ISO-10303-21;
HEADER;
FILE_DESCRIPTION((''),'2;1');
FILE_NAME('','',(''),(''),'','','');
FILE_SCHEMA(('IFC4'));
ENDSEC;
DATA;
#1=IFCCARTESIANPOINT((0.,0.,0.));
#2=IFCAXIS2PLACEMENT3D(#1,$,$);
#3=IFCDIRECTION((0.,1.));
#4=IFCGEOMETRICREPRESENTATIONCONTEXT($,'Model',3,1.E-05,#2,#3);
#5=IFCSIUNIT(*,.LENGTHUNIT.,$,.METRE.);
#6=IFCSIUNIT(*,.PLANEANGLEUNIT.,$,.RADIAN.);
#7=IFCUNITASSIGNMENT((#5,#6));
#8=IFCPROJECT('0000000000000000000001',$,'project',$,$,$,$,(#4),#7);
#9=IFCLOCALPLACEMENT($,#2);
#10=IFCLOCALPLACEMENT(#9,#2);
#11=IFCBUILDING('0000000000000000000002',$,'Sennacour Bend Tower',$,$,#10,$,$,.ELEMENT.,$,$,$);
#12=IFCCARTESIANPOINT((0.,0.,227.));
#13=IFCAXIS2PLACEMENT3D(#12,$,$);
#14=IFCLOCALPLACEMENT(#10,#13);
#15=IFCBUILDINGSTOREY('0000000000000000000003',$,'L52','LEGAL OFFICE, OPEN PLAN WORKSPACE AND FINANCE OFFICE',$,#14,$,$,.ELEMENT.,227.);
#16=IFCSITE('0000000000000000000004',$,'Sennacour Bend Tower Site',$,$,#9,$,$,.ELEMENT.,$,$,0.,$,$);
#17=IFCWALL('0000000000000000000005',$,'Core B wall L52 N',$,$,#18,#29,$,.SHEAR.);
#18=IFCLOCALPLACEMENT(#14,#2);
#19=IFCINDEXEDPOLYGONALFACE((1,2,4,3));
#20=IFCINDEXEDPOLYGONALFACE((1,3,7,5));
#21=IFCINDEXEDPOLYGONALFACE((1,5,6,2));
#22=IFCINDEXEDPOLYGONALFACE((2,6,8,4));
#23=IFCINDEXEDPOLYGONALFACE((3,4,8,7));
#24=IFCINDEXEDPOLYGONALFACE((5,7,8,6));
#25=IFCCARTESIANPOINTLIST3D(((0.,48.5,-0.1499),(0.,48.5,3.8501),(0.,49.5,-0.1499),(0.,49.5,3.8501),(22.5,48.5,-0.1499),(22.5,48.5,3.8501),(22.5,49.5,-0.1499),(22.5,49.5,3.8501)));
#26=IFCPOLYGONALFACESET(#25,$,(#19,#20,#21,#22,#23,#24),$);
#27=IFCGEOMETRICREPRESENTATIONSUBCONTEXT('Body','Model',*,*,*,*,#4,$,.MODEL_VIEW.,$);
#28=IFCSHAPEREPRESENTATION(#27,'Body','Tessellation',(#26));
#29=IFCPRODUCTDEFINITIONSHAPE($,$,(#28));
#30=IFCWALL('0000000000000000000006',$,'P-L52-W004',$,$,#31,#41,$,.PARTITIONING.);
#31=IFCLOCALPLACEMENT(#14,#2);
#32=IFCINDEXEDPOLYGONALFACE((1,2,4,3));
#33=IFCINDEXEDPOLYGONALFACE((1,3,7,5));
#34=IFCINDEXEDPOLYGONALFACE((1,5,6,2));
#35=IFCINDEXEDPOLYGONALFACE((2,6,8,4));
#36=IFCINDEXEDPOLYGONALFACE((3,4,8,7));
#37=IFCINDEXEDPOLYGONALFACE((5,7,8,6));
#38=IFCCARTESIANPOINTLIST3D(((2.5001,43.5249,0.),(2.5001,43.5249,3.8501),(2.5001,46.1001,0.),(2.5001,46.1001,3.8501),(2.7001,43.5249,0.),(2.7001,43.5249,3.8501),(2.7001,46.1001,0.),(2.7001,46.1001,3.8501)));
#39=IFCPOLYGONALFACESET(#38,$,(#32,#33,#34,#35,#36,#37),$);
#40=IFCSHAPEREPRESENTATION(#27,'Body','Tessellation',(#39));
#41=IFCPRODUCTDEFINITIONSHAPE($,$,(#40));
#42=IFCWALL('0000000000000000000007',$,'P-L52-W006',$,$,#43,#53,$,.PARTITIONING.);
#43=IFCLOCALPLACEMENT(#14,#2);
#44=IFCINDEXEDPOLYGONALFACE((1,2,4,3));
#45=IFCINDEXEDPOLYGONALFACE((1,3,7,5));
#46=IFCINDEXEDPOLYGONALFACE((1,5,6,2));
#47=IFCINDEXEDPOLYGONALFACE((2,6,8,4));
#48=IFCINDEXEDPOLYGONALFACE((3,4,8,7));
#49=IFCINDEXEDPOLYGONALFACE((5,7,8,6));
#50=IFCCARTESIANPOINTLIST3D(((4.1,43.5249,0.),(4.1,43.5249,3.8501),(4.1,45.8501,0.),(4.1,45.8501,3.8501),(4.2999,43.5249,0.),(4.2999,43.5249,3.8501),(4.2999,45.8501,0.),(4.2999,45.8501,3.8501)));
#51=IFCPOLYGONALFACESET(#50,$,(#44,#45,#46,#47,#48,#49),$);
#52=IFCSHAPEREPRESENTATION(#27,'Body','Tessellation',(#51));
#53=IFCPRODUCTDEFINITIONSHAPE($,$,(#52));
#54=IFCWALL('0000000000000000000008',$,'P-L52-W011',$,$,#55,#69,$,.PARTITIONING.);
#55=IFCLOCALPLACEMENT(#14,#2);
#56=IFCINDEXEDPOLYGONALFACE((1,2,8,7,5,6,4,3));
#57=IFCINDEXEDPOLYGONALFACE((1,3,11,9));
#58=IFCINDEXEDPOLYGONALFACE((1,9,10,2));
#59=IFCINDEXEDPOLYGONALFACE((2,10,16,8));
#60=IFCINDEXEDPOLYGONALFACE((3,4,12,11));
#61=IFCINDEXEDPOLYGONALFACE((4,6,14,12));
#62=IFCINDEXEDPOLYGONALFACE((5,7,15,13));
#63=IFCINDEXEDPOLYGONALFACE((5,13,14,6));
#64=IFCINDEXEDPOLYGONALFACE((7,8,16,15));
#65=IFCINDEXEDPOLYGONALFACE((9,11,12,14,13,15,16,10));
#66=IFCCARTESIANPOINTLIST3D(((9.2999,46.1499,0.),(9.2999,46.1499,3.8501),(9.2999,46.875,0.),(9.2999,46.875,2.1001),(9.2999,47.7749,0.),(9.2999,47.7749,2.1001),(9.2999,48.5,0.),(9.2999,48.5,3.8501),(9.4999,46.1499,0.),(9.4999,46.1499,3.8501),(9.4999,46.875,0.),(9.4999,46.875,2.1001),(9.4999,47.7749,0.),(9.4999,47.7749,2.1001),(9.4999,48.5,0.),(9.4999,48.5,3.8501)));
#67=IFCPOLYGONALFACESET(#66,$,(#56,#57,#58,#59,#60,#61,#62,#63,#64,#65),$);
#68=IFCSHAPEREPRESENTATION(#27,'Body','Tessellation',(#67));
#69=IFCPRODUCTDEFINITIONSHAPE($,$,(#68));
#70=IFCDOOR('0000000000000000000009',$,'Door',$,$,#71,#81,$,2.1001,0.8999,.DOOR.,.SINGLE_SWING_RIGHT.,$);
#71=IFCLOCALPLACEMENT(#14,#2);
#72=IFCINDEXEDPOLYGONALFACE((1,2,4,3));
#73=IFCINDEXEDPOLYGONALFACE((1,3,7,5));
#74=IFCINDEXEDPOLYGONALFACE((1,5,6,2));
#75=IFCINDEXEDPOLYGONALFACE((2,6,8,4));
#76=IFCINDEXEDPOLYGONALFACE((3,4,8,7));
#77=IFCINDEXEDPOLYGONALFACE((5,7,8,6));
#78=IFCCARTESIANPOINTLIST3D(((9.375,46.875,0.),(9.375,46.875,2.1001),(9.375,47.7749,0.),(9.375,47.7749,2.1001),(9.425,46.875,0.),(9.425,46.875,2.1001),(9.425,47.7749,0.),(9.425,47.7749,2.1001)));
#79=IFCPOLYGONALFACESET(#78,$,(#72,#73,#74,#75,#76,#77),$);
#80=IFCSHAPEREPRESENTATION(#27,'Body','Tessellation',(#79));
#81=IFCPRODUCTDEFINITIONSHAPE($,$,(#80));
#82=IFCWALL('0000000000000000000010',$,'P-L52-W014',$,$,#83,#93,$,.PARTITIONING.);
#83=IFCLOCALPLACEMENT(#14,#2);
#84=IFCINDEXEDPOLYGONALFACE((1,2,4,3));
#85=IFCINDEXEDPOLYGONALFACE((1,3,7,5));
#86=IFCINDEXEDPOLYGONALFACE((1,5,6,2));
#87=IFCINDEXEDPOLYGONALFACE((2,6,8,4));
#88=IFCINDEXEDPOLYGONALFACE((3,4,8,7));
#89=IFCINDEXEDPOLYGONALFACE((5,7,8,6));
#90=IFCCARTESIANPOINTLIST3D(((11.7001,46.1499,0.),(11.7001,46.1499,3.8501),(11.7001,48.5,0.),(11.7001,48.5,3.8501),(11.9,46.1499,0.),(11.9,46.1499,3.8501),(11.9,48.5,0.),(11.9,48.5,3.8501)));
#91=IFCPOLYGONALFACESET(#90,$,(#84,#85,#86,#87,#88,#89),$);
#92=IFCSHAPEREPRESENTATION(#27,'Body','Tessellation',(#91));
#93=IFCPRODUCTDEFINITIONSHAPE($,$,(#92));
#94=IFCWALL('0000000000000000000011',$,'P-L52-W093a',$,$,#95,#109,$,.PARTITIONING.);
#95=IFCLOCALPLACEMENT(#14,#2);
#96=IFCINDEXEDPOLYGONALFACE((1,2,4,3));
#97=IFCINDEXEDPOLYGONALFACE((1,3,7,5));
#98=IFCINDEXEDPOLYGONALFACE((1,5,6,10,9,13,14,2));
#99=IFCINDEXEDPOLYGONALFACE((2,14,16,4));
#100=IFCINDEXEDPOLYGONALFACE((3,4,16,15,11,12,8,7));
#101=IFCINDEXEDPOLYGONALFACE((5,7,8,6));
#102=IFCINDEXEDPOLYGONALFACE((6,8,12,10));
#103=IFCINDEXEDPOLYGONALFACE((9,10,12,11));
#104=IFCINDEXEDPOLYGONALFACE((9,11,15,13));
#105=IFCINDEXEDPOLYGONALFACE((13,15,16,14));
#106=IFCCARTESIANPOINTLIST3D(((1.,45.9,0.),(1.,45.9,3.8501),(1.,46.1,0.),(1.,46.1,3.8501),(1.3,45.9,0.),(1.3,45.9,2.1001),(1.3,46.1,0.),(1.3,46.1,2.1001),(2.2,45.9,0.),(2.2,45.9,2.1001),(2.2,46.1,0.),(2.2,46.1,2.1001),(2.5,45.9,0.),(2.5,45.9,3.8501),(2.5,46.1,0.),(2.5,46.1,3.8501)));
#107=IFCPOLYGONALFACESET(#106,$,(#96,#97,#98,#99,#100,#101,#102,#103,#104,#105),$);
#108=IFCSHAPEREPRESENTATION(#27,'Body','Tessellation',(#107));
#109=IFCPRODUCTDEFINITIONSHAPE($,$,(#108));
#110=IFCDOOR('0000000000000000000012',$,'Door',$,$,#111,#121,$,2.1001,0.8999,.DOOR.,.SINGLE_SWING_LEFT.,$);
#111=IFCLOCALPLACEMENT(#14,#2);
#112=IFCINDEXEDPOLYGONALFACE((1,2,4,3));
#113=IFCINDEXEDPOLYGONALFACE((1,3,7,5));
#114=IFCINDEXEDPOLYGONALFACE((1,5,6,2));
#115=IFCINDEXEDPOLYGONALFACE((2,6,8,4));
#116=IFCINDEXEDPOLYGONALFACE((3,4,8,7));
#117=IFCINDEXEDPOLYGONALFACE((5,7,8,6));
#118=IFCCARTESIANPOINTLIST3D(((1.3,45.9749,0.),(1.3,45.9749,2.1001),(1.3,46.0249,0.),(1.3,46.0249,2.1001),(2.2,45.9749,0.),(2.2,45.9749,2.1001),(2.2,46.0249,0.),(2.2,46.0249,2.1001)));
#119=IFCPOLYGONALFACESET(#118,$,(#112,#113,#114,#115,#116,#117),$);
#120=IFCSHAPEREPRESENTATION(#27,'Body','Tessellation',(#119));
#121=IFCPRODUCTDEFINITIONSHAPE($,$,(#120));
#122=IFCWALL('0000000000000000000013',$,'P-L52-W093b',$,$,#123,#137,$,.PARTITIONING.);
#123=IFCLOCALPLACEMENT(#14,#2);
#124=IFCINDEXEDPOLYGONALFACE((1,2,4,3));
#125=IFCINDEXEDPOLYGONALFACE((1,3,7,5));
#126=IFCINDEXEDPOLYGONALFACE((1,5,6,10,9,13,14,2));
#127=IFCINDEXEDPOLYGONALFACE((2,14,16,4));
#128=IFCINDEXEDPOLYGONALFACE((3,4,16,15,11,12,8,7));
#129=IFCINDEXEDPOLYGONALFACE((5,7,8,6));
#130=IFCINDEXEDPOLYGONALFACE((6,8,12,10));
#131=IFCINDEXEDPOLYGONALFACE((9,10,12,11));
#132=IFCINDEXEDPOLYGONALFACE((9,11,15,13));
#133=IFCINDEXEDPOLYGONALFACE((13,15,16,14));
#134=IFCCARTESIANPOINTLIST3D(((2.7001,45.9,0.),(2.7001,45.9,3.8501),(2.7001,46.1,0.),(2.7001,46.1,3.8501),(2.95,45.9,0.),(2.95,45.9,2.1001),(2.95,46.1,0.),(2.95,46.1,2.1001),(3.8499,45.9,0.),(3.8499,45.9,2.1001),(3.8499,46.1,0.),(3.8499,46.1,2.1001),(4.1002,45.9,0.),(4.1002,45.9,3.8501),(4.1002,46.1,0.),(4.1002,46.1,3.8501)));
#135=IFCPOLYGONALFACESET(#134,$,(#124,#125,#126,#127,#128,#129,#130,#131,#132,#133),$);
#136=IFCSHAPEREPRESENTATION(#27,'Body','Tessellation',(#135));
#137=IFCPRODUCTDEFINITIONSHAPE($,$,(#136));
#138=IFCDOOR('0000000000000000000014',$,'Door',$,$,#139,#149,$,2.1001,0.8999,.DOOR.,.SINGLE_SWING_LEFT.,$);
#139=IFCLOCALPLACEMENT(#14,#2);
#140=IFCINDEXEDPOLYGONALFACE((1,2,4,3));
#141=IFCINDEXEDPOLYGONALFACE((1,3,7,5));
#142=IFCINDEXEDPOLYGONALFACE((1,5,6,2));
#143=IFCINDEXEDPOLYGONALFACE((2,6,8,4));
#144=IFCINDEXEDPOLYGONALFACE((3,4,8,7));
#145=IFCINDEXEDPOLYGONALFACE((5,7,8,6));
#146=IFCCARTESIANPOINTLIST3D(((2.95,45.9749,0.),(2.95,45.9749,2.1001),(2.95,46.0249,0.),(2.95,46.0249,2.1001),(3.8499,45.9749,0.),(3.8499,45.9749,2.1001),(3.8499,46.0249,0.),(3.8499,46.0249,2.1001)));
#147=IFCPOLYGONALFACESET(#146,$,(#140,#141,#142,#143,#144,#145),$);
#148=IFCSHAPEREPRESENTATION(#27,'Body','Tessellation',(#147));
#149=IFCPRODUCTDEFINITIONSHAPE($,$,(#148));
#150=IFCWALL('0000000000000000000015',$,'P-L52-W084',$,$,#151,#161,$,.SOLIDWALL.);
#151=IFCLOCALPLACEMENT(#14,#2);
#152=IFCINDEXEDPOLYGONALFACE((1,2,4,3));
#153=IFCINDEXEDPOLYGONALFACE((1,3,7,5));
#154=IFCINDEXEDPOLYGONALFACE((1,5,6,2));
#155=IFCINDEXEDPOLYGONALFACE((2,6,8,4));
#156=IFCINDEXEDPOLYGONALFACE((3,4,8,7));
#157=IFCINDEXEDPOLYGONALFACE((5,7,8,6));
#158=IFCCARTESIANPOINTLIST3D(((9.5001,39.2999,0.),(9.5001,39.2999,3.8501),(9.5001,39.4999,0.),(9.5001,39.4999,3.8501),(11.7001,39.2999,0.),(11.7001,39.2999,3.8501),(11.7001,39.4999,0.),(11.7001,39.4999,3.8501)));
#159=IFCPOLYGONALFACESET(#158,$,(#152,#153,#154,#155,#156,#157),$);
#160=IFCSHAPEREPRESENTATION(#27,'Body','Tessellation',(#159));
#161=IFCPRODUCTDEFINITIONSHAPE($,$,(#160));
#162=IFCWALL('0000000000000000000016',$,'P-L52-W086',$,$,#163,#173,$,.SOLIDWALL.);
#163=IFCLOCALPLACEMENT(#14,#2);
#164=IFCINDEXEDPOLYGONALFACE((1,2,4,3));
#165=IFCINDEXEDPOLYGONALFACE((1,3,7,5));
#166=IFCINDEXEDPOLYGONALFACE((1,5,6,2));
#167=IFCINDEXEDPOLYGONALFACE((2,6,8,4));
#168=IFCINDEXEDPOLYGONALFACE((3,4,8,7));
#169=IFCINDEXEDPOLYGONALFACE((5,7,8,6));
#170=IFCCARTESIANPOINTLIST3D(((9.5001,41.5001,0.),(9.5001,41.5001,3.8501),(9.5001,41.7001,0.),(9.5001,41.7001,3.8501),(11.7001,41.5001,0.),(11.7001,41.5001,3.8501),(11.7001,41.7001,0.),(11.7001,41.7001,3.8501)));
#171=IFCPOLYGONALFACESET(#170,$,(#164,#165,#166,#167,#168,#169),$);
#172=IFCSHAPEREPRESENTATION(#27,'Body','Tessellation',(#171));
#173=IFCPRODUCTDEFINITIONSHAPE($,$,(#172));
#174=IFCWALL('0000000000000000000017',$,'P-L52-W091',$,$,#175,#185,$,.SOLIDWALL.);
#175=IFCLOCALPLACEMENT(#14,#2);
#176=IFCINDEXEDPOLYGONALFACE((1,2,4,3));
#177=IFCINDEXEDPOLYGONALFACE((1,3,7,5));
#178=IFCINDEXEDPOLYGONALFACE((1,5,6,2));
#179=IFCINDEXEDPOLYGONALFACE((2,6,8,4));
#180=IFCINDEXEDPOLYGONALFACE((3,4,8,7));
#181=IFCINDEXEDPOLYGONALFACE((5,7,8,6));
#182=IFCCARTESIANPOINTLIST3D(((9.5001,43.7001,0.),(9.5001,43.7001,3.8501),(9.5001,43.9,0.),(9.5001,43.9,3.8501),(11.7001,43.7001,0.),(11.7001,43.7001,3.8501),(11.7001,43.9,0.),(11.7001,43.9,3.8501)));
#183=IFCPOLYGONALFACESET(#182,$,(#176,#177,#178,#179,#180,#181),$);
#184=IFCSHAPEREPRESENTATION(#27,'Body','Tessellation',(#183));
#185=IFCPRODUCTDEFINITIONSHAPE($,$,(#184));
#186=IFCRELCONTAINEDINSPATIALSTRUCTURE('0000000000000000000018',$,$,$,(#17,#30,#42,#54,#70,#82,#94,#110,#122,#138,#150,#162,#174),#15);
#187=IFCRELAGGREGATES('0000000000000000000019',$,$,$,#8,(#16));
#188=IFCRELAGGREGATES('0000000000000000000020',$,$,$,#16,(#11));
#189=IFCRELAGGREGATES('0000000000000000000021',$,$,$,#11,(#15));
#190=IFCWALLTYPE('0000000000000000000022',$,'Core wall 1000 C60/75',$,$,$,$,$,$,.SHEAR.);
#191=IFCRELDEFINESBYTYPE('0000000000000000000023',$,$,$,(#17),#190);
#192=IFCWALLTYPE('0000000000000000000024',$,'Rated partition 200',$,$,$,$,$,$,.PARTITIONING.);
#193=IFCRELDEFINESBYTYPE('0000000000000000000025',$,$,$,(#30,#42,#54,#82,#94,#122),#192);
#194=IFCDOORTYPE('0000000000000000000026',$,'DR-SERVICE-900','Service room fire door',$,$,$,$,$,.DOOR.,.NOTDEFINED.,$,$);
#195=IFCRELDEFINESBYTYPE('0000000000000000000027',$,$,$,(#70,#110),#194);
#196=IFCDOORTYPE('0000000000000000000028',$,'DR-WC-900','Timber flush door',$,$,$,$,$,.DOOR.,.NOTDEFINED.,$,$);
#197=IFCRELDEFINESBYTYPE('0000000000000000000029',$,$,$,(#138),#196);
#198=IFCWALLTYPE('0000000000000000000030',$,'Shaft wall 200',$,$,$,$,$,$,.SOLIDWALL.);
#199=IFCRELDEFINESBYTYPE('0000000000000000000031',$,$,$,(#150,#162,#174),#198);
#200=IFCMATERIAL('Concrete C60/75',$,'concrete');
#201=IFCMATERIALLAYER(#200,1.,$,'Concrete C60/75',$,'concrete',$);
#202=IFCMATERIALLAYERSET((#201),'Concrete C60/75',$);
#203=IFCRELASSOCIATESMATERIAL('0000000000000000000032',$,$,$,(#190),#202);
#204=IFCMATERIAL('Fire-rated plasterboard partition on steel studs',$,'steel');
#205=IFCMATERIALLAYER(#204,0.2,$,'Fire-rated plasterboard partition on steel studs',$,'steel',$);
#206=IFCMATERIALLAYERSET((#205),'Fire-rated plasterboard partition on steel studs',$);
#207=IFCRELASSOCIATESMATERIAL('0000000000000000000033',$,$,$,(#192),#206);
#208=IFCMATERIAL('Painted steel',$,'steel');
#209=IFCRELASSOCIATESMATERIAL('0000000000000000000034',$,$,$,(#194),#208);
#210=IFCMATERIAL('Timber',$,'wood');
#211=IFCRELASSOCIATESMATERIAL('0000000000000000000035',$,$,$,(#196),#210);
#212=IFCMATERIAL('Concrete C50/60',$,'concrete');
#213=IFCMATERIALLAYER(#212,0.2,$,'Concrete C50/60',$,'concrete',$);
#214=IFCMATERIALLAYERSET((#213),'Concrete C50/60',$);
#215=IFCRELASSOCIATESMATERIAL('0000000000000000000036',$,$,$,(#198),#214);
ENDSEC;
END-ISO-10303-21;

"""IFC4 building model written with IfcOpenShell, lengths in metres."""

from ifc_helpers import new_model, si_unit, direction, frame, frame_2d, origin, place, context, subcontext, project, spatial, rectangle, extrude, material, layer, layer_set, type_object, element, fill, save


model = new_model("IFC4")

# Units and contexts
model_context = context("Model", 3, precision=1e-05, world=origin(), true_north=direction((0.0, 1.0)))
body_context = subcontext(model_context, "Body", "Model", "MODEL_VIEW")
ifc_project = project(units=[si_unit("LENGTHUNIT", "METRE"), si_unit("PLANEANGLEUNIT", "RADIAN")], contexts=[model_context])

# Site, building, storey
site_placement = place(None, origin())
site = spatial("IfcSite", under=ifc_project, at=site_placement, Name="Sennacour Bend Tower Site", CompositionType="ELEMENT", RefElevation=0.0)
building_placement = place(site_placement, origin())
building = spatial("IfcBuilding", under=site, at=building_placement, Name="Sennacour Bend Tower", CompositionType="ELEMENT")
storey_placement = place(building_placement, frame((0.0, 0.0, 227.0)))
storey = spatial("IfcBuildingStorey", under=building, at=storey_placement, Name="L52", Description="LEGAL OFFICE, OPEN PLAN WORKSPACE AND FINANCE OFFICE", CompositionType="ELEMENT", Elevation=227.0)

# Walls
ifc_material_1 = material(Name="Concrete C60/75", Category="concrete")
ifc_layer_1 = layer(ifc_material_1, 1.0, Name="Concrete C60/75", Category="concrete")
ifc_layer_set_1 = layer_set([ifc_layer_1], Name="Concrete C60/75")
wall_type_1 = type_object("IfcWallType", Name="Core wall 1000 C60/75", PredefinedType="SHEAR", material=ifc_layer_set_1)
wall_1_placement = place(storey_placement, frame((0.0, 49.0, -0.1499), z_axis=(0.0, 0.0, 1.0), x_axis=(1.0, 0.0, 0.0)))
element("IfcWall", 1, at=wall_1_placement, inside=storey, type_object=wall_type_1, Name="Core B wall L52 N", PredefinedType="SHEAR", context=body_context, shape_type="SweptSolid", body=[
    extrude(rectangle(XDim=22.5, YDim=1.0, at=frame_2d((11.25, 0.0))), origin(), (0.0, 0.0, 1.0), 4.0),
])
ifc_material_2 = material(Name="Fire-rated plasterboard partition on steel studs", Category="steel")
ifc_layer_2 = layer(ifc_material_2, 0.2, Name="Fire-rated plasterboard partition on steel studs", Category="steel")
ifc_layer_set_2 = layer_set([ifc_layer_2], Name="Fire-rated plasterboard partition on steel studs")
wall_type_2 = type_object("IfcWallType", Name="Rated partition 200", PredefinedType="PARTITIONING", material=ifc_layer_set_2)
wall_2_placement = place(storey_placement, frame((2.6001, 43.5249, 0.0), z_axis=(0.0, 0.0, 1.0), x_axis=(0.0, 1.0, 0.0)))
element("IfcWall", 2, at=wall_2_placement, inside=storey, type_object=wall_type_2, Name="P-L52-W004", PredefinedType="PARTITIONING", context=body_context, shape_type="SweptSolid", body=[
    extrude(rectangle(XDim=2.5752, YDim=0.2, at=frame_2d((1.2876, 0.0))), origin(), (0.0, 0.0, 1.0), 3.8501),
])
wall_3_placement = place(storey_placement, frame((4.2, 43.5249, 0.0), z_axis=(0.0, 0.0, 1.0), x_axis=(0.0, 1.0, 0.0)))
element("IfcWall", 3, at=wall_3_placement, inside=storey, type_object=wall_type_2, Name="P-L52-W006", PredefinedType="PARTITIONING", context=body_context, shape_type="SweptSolid", body=[
    extrude(rectangle(XDim=2.3252, YDim=0.2, at=frame_2d((1.1626, 0.0))), origin(), (0.0, 0.0, 1.0), 3.8501),
])

# Wall, opening, door
wall_4_placement = place(storey_placement, frame((9.3999, 46.1499, 0.0), z_axis=(0.0, 0.0, 1.0), x_axis=(0.0, 1.0, 0.0)))
wall_4 = element("IfcWall", 4, at=wall_4_placement, inside=storey, type_object=wall_type_2, Name="P-L52-W011", PredefinedType="PARTITIONING", context=body_context, shape_type="SweptSolid", body=[
    extrude(rectangle(XDim=2.3501, YDim=0.2, at=frame_2d((1.175, 0.0))), origin(), (0.0, 0.0, 1.0), 3.8501),
])
opening_1_placement = place(wall_4_placement, frame((0.7251, 0.0, 0.0)))
opening_1 = element("IfcOpeningElement", 5, at=opening_1_placement, cuts=wall_4, PredefinedType="OPENING", context=body_context, shape_type="SweptSolid", body=[
    extrude(rectangle(XDim=0.8999, YDim=2.1001, at=frame_2d((0.45, 1.05))), frame((0.0, 0.1099, 0.0), z_axis=(0.0, -1.0, 0.0), x_axis=(1.0, 0.0, 0.0)), (0.0, 0.0, 1.0), 0.22),
])
ifc_material_3 = material(Name="Painted steel", Category="steel")
door_type_1 = type_object("IfcDoorType", Name="DR-SERVICE-900", Description="Service room fire door", OperationType="NOTDEFINED", PredefinedType="DOOR", material=ifc_material_3)
door_1_placement = place(opening_1_placement, origin())
door_1 = element("IfcDoor", 6, at=door_1_placement, inside=storey, type_object=door_type_1, Name="Door", OperationType="SINGLE_SWING_RIGHT", OverallHeight=2.1001, OverallWidth=0.8999, PredefinedType="DOOR", context=body_context, shape_type="SweptSolid", body=[
    extrude(rectangle(XDim=0.8999, YDim=2.1001, at=frame_2d((0.45, 1.05))), frame((0.0, 0.0249, 0.0), z_axis=(0.0, -1.0, 0.0), x_axis=(1.0, 0.0, 0.0)), (0.0, 0.0, 1.0), 0.05),
])
fill(opening_1, door_1)

# Wall
wall_5_placement = place(storey_placement, frame((11.8, 46.1499, 0.0), z_axis=(0.0, 0.0, 1.0), x_axis=(0.0, 1.0, 0.0)))
element("IfcWall", 7, at=wall_5_placement, inside=storey, type_object=wall_type_2, Name="P-L52-W014", PredefinedType="PARTITIONING", context=body_context, shape_type="SweptSolid", body=[
    extrude(rectangle(XDim=2.3501, YDim=0.2, at=frame_2d((1.175, 0.0))), origin(), (0.0, 0.0, 1.0), 3.8501),
])

# Walls, openings, doors
wall_6_placement = place(storey_placement, frame((1.0, 46.0, 0.0), z_axis=(0.0, 0.0, 1.0), x_axis=(1.0, 0.0, 0.0)))
wall_6 = element("IfcWall", 8, at=wall_6_placement, inside=storey, type_object=wall_type_2, Name="P-L52-W093a", PredefinedType="PARTITIONING", context=body_context, shape_type="SweptSolid", body=[
    extrude(rectangle(XDim=1.5, YDim=0.2, at=frame_2d((0.75, 0.0))), origin(), (0.0, 0.0, 1.0), 3.8501),
])
opening_2_placement = place(wall_6_placement, frame((0.3, 0.0, 0.0)))
opening_2 = element("IfcOpeningElement", 9, at=opening_2_placement, cuts=wall_6, PredefinedType="OPENING", context=body_context, shape_type="SweptSolid", body=[
    extrude(rectangle(XDim=0.8999, YDim=2.1001, at=frame_2d((0.45, 1.05))), frame((0.0, 0.1099, 0.0), z_axis=(0.0, -1.0, 0.0), x_axis=(1.0, 0.0, 0.0)), (0.0, 0.0, 1.0), 0.22),
])
door_2_placement = place(opening_2_placement, origin())
door_2 = element("IfcDoor", 10, at=door_2_placement, inside=storey, type_object=door_type_1, Name="Door", OperationType="SINGLE_SWING_LEFT", OverallHeight=2.1001, OverallWidth=0.8999, PredefinedType="DOOR", context=body_context, shape_type="SweptSolid", body=[
    extrude(rectangle(XDim=0.8999, YDim=2.1001, at=frame_2d((0.45, 1.05))), frame((0.0, 0.0249, 0.0), z_axis=(0.0, -1.0, 0.0), x_axis=(1.0, 0.0, 0.0)), (0.0, 0.0, 1.0), 0.05),
])
fill(opening_2, door_2)
wall_7_placement = place(storey_placement, frame((2.7, 46.0, 0.0), z_axis=(0.0, 0.0, 1.0), x_axis=(1.0, 0.0, 0.0)))
wall_7 = element("IfcWall", 11, at=wall_7_placement, inside=storey, type_object=wall_type_2, Name="P-L52-W093b", PredefinedType="PARTITIONING", context=body_context, shape_type="SweptSolid", body=[
    extrude(rectangle(XDim=1.4001, YDim=0.2, at=frame_2d((0.7002, 0.0))), origin(), (0.0, 0.0, 1.0), 3.8501),
])
opening_3_placement = place(wall_7_placement, frame((0.25, 0.0, 0.0)))
opening_3 = element("IfcOpeningElement", 12, at=opening_3_placement, cuts=wall_7, PredefinedType="OPENING", context=body_context, shape_type="SweptSolid", body=[
    extrude(rectangle(XDim=0.8999, YDim=2.1001, at=frame_2d((0.45, 1.05))), frame((0.0, 0.1099, 0.0), z_axis=(0.0, -1.0, 0.0), x_axis=(1.0, 0.0, 0.0)), (0.0, 0.0, 1.0), 0.22),
])
ifc_material_4 = material(Name="Timber", Category="wood")
door_type_2 = type_object("IfcDoorType", Name="DR-WC-900", Description="Timber flush door", OperationType="NOTDEFINED", PredefinedType="DOOR", material=ifc_material_4)
door_3_placement = place(opening_3_placement, origin())
door_3 = element("IfcDoor", 13, at=door_3_placement, inside=storey, type_object=door_type_2, Name="Door", OperationType="SINGLE_SWING_LEFT", OverallHeight=2.1001, OverallWidth=0.8999, PredefinedType="DOOR", context=body_context, shape_type="SweptSolid", body=[
    extrude(rectangle(XDim=0.8999, YDim=2.1001, at=frame_2d((0.45, 1.05))), frame((0.0, 0.0249, 0.0), z_axis=(0.0, -1.0, 0.0), x_axis=(1.0, 0.0, 0.0)), (0.0, 0.0, 1.0), 0.05),
])
fill(opening_3, door_3)

# Walls
ifc_material_5 = material(Name="Concrete C50/60", Category="concrete")
ifc_layer_3 = layer(ifc_material_5, 0.2, Name="Concrete C50/60", Category="concrete")
ifc_layer_set_3 = layer_set([ifc_layer_3], Name="Concrete C50/60")
wall_type_3 = type_object("IfcWallType", Name="Shaft wall 200", PredefinedType="SOLIDWALL", material=ifc_layer_set_3)
for number, where, z_axis, x_axis, name in (
    (14, (9.5, 39.3999, 0.0), (0.0, 0.0, 1.0), (1.0, 0.0, 0.0), "P-L52-W084"),
    (15, (9.5, 41.6001, 0.0), (0.0, 0.0, 1.0), (1.0, 0.0, 0.0), "P-L52-W086"),
    (16, (9.5, 43.8, 0.0), (0.0, 0.0, 1.0), (1.0, 0.0, 0.0), "P-L52-W091"),
):
    element("IfcWall", number, at=place(storey_placement, frame(where, z_axis=z_axis, x_axis=x_axis)), inside=storey, type_object=wall_type_3, Name=name, PredefinedType="SOLIDWALL", context=body_context, shape_type="SweptSolid", body=[
        extrude(rectangle(XDim=2.2, YDim=0.2, at=frame_2d((1.1001, 0.0))), origin(), (0.0, 0.0, 1.0), 3.8501),
    ])

save(model, "model.ifc")
